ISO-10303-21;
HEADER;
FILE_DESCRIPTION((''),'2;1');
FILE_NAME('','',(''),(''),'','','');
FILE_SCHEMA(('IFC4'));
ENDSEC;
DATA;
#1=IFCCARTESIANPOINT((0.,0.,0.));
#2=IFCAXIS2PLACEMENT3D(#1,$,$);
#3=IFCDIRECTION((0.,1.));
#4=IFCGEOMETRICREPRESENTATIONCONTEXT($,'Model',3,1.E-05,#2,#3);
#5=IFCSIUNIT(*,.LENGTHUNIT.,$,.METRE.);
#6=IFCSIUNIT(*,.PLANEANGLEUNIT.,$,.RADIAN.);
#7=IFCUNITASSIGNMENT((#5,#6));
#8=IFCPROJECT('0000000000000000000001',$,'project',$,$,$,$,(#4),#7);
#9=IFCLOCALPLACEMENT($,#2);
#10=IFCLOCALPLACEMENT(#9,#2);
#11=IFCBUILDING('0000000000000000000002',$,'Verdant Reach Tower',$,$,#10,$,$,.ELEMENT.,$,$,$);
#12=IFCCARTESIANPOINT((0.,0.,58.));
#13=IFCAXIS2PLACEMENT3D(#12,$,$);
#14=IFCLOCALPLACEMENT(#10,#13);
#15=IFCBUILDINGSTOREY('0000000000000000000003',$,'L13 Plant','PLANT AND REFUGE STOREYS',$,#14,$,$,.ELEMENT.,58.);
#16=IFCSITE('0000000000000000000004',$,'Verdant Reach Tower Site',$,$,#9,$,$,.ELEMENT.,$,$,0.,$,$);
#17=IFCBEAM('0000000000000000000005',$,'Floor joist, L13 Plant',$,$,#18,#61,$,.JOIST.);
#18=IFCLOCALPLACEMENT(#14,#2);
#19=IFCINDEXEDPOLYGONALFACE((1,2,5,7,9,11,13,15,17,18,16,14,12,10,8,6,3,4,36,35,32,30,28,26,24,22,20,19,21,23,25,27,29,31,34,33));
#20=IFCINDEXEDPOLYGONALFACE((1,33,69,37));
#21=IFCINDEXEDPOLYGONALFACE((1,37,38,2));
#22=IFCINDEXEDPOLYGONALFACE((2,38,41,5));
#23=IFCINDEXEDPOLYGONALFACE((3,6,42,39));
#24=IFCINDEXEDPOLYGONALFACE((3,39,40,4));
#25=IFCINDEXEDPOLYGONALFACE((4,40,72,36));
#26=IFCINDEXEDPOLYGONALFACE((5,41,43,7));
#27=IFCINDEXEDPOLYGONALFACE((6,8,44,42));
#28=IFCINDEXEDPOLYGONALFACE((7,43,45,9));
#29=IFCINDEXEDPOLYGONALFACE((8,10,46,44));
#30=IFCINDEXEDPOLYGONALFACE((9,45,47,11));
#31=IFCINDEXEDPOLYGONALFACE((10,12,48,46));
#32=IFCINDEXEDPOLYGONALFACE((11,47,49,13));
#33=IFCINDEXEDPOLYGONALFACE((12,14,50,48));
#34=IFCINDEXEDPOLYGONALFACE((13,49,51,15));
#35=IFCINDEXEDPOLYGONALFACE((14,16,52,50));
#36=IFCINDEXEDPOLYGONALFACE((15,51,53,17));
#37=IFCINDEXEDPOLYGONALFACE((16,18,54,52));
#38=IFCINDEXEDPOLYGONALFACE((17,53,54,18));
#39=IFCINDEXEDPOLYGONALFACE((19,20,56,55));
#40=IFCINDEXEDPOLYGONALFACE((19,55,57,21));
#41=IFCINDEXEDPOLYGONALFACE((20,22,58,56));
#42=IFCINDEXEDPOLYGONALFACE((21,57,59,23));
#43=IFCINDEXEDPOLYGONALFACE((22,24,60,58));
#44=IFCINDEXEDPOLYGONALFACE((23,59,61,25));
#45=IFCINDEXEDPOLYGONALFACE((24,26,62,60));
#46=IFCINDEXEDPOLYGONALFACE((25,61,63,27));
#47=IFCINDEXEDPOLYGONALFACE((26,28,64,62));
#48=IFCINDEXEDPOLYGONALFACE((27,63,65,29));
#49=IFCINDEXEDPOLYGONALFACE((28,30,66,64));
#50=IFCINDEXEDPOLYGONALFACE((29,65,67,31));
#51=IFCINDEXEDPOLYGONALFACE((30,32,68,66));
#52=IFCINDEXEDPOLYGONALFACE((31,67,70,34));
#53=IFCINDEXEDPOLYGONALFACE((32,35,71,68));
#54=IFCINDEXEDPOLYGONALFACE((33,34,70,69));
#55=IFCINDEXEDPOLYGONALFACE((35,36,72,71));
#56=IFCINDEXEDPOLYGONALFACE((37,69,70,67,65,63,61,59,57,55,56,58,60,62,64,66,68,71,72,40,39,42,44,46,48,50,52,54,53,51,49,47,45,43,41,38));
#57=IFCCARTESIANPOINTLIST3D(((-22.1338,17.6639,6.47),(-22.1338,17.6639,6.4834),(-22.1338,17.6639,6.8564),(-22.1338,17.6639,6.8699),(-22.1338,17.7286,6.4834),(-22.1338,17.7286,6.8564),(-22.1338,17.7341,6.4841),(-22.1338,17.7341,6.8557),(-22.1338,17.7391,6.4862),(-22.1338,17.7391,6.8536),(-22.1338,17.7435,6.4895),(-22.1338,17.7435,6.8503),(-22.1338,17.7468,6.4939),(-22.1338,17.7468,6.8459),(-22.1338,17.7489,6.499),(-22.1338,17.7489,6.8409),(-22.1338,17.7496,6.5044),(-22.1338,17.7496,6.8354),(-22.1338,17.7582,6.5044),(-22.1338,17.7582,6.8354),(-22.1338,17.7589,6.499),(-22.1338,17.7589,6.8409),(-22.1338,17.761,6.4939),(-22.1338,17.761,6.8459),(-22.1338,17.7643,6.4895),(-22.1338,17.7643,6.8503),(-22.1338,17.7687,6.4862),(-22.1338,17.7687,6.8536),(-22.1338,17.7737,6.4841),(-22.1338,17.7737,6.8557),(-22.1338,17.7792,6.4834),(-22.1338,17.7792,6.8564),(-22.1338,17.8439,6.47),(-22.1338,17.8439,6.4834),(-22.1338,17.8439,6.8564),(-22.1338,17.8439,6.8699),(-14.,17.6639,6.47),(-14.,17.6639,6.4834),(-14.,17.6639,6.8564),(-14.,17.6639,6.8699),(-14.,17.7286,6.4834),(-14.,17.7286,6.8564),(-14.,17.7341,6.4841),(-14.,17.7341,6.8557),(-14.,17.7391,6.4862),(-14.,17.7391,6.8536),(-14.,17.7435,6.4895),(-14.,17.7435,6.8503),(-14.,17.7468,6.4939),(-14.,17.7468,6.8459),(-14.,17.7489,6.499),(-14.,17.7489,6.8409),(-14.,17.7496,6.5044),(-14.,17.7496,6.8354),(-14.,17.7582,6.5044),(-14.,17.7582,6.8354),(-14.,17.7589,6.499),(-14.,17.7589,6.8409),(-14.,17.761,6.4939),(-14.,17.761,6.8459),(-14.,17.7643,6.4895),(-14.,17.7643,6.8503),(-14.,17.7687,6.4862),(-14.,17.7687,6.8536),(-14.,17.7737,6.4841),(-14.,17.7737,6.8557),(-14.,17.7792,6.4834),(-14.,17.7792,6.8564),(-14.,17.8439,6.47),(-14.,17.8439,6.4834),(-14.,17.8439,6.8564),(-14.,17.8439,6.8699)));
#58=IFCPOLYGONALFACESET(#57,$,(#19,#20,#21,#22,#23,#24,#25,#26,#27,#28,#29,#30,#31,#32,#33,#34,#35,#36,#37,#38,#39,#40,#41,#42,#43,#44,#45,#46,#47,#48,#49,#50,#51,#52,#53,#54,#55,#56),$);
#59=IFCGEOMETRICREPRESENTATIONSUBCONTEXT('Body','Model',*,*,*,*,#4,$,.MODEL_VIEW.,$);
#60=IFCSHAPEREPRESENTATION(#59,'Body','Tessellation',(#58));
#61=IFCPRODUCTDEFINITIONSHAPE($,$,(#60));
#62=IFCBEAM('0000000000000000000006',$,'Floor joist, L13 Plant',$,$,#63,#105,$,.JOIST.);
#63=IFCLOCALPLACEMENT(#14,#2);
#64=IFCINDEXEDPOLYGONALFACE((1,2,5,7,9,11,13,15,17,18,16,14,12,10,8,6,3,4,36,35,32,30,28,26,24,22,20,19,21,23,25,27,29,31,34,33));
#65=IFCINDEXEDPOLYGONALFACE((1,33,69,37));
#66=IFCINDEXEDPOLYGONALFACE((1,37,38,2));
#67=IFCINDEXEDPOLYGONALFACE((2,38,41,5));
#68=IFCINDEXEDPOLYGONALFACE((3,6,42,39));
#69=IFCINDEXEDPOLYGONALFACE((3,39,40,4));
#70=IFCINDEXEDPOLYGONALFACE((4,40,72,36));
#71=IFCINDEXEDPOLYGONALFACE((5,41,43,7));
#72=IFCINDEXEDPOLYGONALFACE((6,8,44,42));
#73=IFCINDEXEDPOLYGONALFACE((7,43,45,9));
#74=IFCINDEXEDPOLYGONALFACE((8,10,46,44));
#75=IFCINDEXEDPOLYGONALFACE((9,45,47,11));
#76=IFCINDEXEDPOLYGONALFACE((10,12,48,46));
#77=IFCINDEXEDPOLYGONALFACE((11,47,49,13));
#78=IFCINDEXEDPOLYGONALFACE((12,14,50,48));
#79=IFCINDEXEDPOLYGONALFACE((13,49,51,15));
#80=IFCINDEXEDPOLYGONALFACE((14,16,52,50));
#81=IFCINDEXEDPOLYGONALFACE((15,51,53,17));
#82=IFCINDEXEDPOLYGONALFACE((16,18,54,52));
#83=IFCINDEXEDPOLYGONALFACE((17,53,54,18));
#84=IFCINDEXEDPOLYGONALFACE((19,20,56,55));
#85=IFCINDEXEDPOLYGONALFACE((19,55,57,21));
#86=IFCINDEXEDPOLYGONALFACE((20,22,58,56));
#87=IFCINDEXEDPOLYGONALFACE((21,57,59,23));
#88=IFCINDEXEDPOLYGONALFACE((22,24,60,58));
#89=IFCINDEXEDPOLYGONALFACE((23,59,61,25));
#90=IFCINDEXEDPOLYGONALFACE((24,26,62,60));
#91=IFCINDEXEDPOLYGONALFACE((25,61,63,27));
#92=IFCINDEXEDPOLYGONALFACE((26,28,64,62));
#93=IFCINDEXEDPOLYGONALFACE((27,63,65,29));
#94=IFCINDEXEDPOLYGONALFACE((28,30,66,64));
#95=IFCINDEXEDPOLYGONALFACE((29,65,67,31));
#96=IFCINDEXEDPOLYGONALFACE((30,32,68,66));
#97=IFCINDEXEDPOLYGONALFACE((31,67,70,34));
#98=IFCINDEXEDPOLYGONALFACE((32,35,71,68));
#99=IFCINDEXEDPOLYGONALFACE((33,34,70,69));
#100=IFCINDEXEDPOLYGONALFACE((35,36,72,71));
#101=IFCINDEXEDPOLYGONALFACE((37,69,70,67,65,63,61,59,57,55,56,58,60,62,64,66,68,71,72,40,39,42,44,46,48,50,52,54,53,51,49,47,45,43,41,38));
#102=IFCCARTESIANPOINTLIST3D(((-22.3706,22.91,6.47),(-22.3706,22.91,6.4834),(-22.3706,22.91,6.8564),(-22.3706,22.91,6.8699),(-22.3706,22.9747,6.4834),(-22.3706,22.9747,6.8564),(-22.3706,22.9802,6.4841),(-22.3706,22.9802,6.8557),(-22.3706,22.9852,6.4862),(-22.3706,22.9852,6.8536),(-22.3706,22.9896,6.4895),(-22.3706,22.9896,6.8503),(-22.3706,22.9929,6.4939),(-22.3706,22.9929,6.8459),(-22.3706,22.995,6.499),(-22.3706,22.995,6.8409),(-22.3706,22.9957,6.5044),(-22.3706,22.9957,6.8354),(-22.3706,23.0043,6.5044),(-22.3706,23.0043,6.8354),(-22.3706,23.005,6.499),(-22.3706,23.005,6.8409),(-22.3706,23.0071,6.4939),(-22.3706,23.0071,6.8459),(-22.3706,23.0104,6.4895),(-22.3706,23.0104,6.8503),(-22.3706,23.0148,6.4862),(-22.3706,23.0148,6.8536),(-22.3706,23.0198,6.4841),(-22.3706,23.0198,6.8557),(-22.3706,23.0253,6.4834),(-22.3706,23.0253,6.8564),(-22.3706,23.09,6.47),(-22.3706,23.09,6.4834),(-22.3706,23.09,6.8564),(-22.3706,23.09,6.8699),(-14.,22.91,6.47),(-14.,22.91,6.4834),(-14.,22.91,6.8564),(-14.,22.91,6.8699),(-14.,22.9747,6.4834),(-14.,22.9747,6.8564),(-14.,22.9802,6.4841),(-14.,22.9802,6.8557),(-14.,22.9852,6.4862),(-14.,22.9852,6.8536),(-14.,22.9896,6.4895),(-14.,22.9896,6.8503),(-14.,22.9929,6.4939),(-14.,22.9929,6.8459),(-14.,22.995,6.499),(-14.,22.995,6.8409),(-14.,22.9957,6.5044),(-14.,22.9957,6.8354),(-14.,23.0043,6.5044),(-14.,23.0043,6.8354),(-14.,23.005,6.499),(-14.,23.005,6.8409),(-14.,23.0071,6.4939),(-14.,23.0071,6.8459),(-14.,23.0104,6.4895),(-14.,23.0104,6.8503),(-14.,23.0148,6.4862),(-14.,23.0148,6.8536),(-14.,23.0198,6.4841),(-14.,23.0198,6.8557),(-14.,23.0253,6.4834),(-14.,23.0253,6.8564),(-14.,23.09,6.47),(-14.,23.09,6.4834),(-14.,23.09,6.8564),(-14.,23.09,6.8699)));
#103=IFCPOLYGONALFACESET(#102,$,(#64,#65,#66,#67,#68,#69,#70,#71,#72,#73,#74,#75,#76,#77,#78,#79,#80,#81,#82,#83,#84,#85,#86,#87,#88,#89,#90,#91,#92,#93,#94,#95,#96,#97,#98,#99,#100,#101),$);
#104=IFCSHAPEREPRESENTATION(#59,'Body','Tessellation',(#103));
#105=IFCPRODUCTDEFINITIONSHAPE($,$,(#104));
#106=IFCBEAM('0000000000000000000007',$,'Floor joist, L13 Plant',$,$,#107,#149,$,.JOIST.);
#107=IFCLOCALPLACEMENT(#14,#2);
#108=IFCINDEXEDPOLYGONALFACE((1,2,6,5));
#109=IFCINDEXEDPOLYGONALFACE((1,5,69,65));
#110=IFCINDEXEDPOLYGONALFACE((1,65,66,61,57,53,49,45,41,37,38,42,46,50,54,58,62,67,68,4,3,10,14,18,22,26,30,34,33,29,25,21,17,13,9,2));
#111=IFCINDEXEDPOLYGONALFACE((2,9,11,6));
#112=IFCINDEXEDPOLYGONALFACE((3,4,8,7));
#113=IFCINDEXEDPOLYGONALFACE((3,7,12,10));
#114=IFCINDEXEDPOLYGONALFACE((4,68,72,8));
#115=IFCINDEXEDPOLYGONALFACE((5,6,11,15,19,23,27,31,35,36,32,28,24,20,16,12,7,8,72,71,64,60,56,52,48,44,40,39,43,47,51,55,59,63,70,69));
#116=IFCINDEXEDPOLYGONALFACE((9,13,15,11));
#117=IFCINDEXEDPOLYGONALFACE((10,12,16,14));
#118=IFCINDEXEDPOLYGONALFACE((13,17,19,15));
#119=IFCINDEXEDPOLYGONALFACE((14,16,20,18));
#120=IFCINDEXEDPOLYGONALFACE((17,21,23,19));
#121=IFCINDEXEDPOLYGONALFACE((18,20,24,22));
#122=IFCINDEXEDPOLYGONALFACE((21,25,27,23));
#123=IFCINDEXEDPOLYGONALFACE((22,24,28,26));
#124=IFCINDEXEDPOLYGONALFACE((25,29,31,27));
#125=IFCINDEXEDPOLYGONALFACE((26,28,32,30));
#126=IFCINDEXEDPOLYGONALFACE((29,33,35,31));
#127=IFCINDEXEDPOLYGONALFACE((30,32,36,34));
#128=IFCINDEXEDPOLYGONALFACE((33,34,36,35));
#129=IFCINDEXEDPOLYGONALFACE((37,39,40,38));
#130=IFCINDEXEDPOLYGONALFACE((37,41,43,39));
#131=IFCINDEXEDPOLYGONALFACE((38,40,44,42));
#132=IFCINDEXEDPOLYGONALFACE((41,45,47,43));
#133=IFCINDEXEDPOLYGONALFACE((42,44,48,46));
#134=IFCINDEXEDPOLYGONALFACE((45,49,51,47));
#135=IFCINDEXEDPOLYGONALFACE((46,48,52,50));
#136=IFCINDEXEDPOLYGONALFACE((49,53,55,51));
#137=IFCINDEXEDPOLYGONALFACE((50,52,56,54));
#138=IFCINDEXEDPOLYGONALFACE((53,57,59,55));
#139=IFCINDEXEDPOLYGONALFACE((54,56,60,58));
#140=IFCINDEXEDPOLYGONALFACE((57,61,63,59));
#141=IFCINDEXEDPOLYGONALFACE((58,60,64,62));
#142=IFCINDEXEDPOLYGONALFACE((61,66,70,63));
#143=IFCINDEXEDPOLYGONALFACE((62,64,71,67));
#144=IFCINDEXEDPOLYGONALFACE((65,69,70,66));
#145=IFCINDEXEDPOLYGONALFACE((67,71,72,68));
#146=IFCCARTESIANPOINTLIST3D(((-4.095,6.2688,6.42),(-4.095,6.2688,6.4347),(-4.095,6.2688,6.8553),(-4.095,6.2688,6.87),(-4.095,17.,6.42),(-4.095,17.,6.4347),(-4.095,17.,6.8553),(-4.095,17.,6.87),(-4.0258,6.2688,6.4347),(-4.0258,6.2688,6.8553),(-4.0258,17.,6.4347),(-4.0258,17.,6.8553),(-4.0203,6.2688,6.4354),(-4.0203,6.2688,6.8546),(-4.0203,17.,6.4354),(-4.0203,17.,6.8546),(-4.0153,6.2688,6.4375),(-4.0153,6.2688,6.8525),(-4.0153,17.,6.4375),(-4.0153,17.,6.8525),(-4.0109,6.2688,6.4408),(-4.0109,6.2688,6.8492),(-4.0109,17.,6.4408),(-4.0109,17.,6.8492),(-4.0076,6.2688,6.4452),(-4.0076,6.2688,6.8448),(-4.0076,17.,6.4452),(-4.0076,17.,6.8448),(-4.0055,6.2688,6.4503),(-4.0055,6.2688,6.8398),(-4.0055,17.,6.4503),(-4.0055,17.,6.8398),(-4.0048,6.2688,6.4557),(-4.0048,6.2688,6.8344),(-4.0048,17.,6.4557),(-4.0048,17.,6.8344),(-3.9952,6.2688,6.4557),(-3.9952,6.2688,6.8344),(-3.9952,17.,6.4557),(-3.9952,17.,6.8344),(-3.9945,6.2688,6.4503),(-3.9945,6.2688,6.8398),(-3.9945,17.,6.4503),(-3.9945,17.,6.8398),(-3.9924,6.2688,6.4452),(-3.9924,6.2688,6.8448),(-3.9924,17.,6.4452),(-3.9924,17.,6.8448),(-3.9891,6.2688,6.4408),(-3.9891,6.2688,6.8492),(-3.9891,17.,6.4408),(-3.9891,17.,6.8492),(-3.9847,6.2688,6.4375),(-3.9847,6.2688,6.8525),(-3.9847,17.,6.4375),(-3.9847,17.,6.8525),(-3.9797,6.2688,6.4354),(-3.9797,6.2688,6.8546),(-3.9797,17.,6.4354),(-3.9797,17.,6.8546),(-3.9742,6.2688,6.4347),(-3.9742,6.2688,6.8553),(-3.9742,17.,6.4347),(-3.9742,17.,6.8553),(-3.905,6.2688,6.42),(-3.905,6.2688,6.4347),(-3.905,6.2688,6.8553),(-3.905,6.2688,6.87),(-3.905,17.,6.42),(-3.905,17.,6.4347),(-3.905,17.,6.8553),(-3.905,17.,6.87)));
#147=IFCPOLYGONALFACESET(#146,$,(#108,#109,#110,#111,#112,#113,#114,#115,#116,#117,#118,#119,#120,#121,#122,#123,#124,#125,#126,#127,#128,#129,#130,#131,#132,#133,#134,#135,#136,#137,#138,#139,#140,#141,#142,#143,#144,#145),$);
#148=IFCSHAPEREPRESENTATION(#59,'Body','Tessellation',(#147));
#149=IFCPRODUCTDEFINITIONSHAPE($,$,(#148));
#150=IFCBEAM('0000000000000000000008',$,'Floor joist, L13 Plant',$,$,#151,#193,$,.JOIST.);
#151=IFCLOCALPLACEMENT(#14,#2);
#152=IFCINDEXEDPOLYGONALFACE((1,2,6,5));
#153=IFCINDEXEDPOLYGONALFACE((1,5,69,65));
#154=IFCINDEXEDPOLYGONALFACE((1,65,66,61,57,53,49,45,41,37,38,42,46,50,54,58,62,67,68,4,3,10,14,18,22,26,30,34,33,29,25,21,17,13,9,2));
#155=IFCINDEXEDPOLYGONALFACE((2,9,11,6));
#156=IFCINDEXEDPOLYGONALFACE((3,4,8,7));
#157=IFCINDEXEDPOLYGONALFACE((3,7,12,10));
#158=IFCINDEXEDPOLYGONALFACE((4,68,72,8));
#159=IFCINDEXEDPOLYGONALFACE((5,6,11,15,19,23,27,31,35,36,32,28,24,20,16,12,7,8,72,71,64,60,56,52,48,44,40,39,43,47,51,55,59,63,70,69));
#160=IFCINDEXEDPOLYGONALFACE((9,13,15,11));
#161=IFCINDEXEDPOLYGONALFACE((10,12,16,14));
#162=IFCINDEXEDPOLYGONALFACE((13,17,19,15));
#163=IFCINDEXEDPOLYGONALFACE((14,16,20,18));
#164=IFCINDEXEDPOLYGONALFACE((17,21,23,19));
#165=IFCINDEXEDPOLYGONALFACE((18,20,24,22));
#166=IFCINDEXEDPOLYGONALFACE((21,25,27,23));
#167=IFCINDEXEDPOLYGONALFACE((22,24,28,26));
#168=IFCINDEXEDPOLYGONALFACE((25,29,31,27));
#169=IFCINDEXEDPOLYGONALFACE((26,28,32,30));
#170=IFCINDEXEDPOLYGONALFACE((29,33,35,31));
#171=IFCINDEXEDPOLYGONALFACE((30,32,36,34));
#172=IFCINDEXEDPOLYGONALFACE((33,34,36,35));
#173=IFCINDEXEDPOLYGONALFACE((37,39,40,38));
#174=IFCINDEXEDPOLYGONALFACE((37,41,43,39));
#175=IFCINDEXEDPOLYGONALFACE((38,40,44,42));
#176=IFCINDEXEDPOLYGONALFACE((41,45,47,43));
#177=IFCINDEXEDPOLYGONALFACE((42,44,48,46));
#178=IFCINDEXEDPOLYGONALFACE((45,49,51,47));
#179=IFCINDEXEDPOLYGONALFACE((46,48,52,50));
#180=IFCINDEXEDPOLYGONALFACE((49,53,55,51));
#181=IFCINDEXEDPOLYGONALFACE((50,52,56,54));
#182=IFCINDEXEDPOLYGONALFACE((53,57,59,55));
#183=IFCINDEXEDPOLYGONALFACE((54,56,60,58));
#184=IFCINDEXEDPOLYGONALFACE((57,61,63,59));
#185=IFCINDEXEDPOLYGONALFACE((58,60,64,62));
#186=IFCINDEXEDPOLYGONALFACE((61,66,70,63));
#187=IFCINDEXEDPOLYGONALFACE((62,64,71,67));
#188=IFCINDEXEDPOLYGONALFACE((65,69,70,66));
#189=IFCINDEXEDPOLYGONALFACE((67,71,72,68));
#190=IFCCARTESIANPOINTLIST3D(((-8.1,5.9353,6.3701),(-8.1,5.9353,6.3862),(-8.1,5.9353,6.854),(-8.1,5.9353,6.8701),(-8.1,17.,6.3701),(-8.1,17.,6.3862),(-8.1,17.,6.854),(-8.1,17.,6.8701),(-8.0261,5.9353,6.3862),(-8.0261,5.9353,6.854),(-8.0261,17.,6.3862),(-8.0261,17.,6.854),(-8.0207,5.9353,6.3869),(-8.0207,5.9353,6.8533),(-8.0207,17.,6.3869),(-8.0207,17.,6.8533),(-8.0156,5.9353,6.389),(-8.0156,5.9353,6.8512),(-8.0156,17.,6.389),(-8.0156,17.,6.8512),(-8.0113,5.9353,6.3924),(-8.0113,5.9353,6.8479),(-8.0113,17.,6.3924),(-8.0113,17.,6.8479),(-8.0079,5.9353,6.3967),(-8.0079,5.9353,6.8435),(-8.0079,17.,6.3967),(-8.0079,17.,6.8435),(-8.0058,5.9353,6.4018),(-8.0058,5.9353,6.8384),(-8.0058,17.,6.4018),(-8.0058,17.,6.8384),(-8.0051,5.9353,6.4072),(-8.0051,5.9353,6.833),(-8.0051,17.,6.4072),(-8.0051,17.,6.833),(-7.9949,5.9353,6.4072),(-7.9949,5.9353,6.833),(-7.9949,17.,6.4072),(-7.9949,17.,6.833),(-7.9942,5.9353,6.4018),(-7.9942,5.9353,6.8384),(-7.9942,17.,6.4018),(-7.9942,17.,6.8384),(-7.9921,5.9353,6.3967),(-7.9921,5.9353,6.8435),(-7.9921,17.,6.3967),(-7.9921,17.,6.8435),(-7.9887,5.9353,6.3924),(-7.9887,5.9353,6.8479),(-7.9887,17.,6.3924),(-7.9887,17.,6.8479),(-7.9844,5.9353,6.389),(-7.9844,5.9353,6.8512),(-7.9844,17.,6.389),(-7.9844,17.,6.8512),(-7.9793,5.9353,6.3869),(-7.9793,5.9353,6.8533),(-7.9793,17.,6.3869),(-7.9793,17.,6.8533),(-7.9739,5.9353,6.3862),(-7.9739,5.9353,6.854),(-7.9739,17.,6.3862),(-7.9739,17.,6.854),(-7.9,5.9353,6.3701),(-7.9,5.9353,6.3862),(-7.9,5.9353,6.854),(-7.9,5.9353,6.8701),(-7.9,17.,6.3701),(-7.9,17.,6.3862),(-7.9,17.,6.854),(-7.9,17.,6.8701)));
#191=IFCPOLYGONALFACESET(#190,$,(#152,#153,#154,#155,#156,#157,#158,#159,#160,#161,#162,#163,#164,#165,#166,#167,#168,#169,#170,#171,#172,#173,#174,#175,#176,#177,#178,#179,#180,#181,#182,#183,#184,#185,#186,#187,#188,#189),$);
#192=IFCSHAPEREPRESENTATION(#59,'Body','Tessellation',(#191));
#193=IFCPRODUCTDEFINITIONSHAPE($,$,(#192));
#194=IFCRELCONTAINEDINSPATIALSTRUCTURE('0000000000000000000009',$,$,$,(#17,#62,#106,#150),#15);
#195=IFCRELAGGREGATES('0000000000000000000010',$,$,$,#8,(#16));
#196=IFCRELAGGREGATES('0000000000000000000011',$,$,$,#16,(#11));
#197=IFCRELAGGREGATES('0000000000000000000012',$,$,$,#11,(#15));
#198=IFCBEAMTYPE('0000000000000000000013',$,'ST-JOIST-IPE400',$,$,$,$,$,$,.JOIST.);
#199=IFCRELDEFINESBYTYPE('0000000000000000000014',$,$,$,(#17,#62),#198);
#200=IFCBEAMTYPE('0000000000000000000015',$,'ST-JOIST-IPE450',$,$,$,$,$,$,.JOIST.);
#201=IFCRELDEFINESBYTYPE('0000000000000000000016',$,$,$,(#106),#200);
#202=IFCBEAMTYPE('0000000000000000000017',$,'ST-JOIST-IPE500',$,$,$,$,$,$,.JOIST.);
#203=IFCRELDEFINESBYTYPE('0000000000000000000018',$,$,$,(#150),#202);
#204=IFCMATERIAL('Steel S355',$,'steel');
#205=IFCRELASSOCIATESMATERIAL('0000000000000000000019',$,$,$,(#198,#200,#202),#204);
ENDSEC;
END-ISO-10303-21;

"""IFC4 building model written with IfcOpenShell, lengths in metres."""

from ifc_helpers import new_model, si_unit, direction, frame, origin, origin_2d, place, context, subcontext, project, spatial, i_section, extrude, material, material_profile, profile_set, type_object, element, save


model = new_model("IFC4")

# Units and contexts
model_context = context("Model", 3, precision=1e-05, world=origin(), true_north=direction((0.0, 1.0)))
body_context = subcontext(model_context, "Body", "Model", "MODEL_VIEW")
ifc_project = project(units=[si_unit("LENGTHUNIT", "METRE"), si_unit("PLANEANGLEUNIT", "RADIAN")], contexts=[model_context])

# Site, building, storey
site_placement = place(None, origin())
site = spatial("IfcSite", under=ifc_project, at=site_placement, Name="Verdant Reach Tower Site", CompositionType="ELEMENT", RefElevation=0.0)
building_placement = place(site_placement, origin())
building = spatial("IfcBuilding", under=site, at=building_placement, Name="Verdant Reach Tower", CompositionType="ELEMENT")
storey_placement = place(building_placement, frame((0.0, 0.0, 58.0)))
storey = spatial("IfcBuildingStorey", under=building, at=storey_placement, Name="L13 Plant", Description="PLANT AND REFUGE STOREYS", CompositionType="ELEMENT", Elevation=58.0)

# Beams
ifc_material_1 = material(Name="Steel S355", Category="steel")
ifc_material_profile_1 = material_profile(ifc_material_1, i_section(OverallWidth=0.1799, OverallDepth=0.3999, WebThickness=0.0085, FlangeThickness=0.0134, FilletRadius=0.021, at=origin_2d()), Name="IPE 400")
ifc_profile_set_1 = profile_set([ifc_material_profile_1], Name="Steel S355")
beam_type_1 = type_object("IfcBeamType", Name="ST-JOIST-IPE400", PredefinedType="JOIST", material=ifc_profile_set_1)
beam_1_placement = place(storey_placement, frame((-14.0, 17.7539, 6.6699), z_axis=(-1.0, 0.0, 0.0), x_axis=(0.0, -1.0, 0.0)))
element("IfcBeam", 1, at=beam_1_placement, inside=storey, type_object=beam_type_1, Name="Floor joist, L13 Plant", PredefinedType="JOIST", context=body_context, shape_type="SweptSolid", body=[
    extrude(i_section(OverallWidth=0.1799, OverallDepth=0.3999, WebThickness=0.0085, FlangeThickness=0.0134, FilletRadius=0.021, at=origin_2d()), origin(), (0.0, 0.0, 1.0), 8.1338),
])
beam_2_placement = place(storey_placement, frame((-14.0, 23.0, 6.6699), z_axis=(-1.0, 0.0, 0.0), x_axis=(0.0, -1.0, 0.0)))
element("IfcBeam", 2, at=beam_2_placement, inside=storey, type_object=beam_type_1, Name="Floor joist, L13 Plant", PredefinedType="JOIST", context=body_context, shape_type="SweptSolid", body=[
    extrude(i_section(OverallWidth=0.1799, OverallDepth=0.3999, WebThickness=0.0085, FlangeThickness=0.0134, FilletRadius=0.021, at=origin_2d()), origin(), (0.0, 0.0, 1.0), 8.3706),
])
ifc_material_profile_2 = material_profile(ifc_material_1, i_section(OverallWidth=0.1899, OverallDepth=0.45, WebThickness=0.0095, FlangeThickness=0.0146, FilletRadius=0.021, at=origin_2d()), Name="IPE 450")
ifc_profile_set_2 = profile_set([ifc_material_profile_2], Name="Steel S355")
beam_type_2 = type_object("IfcBeamType", Name="ST-JOIST-IPE450", PredefinedType="JOIST", material=ifc_profile_set_2)
beam_3_placement = place(storey_placement, frame((-4.0, 17.0, 6.645), z_axis=(0.0, -1.0, 0.0), x_axis=(1.0, 0.0, 0.0)))
element("IfcBeam", 3, at=beam_3_placement, inside=storey, type_object=beam_type_2, Name="Floor joist, L13 Plant", PredefinedType="JOIST", context=body_context, shape_type="SweptSolid", body=[
    extrude(i_section(OverallWidth=0.1899, OverallDepth=0.45, WebThickness=0.0095, FlangeThickness=0.0146, FilletRadius=0.021, at=origin_2d()), origin(), (0.0, 0.0, 1.0), 10.7312),
])
ifc_material_profile_3 = material_profile(ifc_material_1, i_section(OverallWidth=0.2, OverallDepth=0.5, WebThickness=0.0103, FlangeThickness=0.0161, FilletRadius=0.021, at=origin_2d()), Name="IPE 500")
ifc_profile_set_3 = profile_set([ifc_material_profile_3], Name="Steel S355")
beam_type_3 = type_object("IfcBeamType", Name="ST-JOIST-IPE500", PredefinedType="JOIST", material=ifc_profile_set_3)
beam_4_placement = place(storey_placement, frame((-8.0, 17.0, 6.6201), z_axis=(0.0, -1.0, 0.0), x_axis=(1.0, 0.0, 0.0)))
element("IfcBeam", 4, at=beam_4_placement, inside=storey, type_object=beam_type_3, Name="Floor joist, L13 Plant", PredefinedType="JOIST", context=body_context, shape_type="SweptSolid", body=[
    extrude(i_section(OverallWidth=0.2, OverallDepth=0.5, WebThickness=0.0103, FlangeThickness=0.0161, FilletRadius=0.021, at=origin_2d()), origin(), (0.0, 0.0, 1.0), 11.0647),
])

save(model, "model.ifc")
